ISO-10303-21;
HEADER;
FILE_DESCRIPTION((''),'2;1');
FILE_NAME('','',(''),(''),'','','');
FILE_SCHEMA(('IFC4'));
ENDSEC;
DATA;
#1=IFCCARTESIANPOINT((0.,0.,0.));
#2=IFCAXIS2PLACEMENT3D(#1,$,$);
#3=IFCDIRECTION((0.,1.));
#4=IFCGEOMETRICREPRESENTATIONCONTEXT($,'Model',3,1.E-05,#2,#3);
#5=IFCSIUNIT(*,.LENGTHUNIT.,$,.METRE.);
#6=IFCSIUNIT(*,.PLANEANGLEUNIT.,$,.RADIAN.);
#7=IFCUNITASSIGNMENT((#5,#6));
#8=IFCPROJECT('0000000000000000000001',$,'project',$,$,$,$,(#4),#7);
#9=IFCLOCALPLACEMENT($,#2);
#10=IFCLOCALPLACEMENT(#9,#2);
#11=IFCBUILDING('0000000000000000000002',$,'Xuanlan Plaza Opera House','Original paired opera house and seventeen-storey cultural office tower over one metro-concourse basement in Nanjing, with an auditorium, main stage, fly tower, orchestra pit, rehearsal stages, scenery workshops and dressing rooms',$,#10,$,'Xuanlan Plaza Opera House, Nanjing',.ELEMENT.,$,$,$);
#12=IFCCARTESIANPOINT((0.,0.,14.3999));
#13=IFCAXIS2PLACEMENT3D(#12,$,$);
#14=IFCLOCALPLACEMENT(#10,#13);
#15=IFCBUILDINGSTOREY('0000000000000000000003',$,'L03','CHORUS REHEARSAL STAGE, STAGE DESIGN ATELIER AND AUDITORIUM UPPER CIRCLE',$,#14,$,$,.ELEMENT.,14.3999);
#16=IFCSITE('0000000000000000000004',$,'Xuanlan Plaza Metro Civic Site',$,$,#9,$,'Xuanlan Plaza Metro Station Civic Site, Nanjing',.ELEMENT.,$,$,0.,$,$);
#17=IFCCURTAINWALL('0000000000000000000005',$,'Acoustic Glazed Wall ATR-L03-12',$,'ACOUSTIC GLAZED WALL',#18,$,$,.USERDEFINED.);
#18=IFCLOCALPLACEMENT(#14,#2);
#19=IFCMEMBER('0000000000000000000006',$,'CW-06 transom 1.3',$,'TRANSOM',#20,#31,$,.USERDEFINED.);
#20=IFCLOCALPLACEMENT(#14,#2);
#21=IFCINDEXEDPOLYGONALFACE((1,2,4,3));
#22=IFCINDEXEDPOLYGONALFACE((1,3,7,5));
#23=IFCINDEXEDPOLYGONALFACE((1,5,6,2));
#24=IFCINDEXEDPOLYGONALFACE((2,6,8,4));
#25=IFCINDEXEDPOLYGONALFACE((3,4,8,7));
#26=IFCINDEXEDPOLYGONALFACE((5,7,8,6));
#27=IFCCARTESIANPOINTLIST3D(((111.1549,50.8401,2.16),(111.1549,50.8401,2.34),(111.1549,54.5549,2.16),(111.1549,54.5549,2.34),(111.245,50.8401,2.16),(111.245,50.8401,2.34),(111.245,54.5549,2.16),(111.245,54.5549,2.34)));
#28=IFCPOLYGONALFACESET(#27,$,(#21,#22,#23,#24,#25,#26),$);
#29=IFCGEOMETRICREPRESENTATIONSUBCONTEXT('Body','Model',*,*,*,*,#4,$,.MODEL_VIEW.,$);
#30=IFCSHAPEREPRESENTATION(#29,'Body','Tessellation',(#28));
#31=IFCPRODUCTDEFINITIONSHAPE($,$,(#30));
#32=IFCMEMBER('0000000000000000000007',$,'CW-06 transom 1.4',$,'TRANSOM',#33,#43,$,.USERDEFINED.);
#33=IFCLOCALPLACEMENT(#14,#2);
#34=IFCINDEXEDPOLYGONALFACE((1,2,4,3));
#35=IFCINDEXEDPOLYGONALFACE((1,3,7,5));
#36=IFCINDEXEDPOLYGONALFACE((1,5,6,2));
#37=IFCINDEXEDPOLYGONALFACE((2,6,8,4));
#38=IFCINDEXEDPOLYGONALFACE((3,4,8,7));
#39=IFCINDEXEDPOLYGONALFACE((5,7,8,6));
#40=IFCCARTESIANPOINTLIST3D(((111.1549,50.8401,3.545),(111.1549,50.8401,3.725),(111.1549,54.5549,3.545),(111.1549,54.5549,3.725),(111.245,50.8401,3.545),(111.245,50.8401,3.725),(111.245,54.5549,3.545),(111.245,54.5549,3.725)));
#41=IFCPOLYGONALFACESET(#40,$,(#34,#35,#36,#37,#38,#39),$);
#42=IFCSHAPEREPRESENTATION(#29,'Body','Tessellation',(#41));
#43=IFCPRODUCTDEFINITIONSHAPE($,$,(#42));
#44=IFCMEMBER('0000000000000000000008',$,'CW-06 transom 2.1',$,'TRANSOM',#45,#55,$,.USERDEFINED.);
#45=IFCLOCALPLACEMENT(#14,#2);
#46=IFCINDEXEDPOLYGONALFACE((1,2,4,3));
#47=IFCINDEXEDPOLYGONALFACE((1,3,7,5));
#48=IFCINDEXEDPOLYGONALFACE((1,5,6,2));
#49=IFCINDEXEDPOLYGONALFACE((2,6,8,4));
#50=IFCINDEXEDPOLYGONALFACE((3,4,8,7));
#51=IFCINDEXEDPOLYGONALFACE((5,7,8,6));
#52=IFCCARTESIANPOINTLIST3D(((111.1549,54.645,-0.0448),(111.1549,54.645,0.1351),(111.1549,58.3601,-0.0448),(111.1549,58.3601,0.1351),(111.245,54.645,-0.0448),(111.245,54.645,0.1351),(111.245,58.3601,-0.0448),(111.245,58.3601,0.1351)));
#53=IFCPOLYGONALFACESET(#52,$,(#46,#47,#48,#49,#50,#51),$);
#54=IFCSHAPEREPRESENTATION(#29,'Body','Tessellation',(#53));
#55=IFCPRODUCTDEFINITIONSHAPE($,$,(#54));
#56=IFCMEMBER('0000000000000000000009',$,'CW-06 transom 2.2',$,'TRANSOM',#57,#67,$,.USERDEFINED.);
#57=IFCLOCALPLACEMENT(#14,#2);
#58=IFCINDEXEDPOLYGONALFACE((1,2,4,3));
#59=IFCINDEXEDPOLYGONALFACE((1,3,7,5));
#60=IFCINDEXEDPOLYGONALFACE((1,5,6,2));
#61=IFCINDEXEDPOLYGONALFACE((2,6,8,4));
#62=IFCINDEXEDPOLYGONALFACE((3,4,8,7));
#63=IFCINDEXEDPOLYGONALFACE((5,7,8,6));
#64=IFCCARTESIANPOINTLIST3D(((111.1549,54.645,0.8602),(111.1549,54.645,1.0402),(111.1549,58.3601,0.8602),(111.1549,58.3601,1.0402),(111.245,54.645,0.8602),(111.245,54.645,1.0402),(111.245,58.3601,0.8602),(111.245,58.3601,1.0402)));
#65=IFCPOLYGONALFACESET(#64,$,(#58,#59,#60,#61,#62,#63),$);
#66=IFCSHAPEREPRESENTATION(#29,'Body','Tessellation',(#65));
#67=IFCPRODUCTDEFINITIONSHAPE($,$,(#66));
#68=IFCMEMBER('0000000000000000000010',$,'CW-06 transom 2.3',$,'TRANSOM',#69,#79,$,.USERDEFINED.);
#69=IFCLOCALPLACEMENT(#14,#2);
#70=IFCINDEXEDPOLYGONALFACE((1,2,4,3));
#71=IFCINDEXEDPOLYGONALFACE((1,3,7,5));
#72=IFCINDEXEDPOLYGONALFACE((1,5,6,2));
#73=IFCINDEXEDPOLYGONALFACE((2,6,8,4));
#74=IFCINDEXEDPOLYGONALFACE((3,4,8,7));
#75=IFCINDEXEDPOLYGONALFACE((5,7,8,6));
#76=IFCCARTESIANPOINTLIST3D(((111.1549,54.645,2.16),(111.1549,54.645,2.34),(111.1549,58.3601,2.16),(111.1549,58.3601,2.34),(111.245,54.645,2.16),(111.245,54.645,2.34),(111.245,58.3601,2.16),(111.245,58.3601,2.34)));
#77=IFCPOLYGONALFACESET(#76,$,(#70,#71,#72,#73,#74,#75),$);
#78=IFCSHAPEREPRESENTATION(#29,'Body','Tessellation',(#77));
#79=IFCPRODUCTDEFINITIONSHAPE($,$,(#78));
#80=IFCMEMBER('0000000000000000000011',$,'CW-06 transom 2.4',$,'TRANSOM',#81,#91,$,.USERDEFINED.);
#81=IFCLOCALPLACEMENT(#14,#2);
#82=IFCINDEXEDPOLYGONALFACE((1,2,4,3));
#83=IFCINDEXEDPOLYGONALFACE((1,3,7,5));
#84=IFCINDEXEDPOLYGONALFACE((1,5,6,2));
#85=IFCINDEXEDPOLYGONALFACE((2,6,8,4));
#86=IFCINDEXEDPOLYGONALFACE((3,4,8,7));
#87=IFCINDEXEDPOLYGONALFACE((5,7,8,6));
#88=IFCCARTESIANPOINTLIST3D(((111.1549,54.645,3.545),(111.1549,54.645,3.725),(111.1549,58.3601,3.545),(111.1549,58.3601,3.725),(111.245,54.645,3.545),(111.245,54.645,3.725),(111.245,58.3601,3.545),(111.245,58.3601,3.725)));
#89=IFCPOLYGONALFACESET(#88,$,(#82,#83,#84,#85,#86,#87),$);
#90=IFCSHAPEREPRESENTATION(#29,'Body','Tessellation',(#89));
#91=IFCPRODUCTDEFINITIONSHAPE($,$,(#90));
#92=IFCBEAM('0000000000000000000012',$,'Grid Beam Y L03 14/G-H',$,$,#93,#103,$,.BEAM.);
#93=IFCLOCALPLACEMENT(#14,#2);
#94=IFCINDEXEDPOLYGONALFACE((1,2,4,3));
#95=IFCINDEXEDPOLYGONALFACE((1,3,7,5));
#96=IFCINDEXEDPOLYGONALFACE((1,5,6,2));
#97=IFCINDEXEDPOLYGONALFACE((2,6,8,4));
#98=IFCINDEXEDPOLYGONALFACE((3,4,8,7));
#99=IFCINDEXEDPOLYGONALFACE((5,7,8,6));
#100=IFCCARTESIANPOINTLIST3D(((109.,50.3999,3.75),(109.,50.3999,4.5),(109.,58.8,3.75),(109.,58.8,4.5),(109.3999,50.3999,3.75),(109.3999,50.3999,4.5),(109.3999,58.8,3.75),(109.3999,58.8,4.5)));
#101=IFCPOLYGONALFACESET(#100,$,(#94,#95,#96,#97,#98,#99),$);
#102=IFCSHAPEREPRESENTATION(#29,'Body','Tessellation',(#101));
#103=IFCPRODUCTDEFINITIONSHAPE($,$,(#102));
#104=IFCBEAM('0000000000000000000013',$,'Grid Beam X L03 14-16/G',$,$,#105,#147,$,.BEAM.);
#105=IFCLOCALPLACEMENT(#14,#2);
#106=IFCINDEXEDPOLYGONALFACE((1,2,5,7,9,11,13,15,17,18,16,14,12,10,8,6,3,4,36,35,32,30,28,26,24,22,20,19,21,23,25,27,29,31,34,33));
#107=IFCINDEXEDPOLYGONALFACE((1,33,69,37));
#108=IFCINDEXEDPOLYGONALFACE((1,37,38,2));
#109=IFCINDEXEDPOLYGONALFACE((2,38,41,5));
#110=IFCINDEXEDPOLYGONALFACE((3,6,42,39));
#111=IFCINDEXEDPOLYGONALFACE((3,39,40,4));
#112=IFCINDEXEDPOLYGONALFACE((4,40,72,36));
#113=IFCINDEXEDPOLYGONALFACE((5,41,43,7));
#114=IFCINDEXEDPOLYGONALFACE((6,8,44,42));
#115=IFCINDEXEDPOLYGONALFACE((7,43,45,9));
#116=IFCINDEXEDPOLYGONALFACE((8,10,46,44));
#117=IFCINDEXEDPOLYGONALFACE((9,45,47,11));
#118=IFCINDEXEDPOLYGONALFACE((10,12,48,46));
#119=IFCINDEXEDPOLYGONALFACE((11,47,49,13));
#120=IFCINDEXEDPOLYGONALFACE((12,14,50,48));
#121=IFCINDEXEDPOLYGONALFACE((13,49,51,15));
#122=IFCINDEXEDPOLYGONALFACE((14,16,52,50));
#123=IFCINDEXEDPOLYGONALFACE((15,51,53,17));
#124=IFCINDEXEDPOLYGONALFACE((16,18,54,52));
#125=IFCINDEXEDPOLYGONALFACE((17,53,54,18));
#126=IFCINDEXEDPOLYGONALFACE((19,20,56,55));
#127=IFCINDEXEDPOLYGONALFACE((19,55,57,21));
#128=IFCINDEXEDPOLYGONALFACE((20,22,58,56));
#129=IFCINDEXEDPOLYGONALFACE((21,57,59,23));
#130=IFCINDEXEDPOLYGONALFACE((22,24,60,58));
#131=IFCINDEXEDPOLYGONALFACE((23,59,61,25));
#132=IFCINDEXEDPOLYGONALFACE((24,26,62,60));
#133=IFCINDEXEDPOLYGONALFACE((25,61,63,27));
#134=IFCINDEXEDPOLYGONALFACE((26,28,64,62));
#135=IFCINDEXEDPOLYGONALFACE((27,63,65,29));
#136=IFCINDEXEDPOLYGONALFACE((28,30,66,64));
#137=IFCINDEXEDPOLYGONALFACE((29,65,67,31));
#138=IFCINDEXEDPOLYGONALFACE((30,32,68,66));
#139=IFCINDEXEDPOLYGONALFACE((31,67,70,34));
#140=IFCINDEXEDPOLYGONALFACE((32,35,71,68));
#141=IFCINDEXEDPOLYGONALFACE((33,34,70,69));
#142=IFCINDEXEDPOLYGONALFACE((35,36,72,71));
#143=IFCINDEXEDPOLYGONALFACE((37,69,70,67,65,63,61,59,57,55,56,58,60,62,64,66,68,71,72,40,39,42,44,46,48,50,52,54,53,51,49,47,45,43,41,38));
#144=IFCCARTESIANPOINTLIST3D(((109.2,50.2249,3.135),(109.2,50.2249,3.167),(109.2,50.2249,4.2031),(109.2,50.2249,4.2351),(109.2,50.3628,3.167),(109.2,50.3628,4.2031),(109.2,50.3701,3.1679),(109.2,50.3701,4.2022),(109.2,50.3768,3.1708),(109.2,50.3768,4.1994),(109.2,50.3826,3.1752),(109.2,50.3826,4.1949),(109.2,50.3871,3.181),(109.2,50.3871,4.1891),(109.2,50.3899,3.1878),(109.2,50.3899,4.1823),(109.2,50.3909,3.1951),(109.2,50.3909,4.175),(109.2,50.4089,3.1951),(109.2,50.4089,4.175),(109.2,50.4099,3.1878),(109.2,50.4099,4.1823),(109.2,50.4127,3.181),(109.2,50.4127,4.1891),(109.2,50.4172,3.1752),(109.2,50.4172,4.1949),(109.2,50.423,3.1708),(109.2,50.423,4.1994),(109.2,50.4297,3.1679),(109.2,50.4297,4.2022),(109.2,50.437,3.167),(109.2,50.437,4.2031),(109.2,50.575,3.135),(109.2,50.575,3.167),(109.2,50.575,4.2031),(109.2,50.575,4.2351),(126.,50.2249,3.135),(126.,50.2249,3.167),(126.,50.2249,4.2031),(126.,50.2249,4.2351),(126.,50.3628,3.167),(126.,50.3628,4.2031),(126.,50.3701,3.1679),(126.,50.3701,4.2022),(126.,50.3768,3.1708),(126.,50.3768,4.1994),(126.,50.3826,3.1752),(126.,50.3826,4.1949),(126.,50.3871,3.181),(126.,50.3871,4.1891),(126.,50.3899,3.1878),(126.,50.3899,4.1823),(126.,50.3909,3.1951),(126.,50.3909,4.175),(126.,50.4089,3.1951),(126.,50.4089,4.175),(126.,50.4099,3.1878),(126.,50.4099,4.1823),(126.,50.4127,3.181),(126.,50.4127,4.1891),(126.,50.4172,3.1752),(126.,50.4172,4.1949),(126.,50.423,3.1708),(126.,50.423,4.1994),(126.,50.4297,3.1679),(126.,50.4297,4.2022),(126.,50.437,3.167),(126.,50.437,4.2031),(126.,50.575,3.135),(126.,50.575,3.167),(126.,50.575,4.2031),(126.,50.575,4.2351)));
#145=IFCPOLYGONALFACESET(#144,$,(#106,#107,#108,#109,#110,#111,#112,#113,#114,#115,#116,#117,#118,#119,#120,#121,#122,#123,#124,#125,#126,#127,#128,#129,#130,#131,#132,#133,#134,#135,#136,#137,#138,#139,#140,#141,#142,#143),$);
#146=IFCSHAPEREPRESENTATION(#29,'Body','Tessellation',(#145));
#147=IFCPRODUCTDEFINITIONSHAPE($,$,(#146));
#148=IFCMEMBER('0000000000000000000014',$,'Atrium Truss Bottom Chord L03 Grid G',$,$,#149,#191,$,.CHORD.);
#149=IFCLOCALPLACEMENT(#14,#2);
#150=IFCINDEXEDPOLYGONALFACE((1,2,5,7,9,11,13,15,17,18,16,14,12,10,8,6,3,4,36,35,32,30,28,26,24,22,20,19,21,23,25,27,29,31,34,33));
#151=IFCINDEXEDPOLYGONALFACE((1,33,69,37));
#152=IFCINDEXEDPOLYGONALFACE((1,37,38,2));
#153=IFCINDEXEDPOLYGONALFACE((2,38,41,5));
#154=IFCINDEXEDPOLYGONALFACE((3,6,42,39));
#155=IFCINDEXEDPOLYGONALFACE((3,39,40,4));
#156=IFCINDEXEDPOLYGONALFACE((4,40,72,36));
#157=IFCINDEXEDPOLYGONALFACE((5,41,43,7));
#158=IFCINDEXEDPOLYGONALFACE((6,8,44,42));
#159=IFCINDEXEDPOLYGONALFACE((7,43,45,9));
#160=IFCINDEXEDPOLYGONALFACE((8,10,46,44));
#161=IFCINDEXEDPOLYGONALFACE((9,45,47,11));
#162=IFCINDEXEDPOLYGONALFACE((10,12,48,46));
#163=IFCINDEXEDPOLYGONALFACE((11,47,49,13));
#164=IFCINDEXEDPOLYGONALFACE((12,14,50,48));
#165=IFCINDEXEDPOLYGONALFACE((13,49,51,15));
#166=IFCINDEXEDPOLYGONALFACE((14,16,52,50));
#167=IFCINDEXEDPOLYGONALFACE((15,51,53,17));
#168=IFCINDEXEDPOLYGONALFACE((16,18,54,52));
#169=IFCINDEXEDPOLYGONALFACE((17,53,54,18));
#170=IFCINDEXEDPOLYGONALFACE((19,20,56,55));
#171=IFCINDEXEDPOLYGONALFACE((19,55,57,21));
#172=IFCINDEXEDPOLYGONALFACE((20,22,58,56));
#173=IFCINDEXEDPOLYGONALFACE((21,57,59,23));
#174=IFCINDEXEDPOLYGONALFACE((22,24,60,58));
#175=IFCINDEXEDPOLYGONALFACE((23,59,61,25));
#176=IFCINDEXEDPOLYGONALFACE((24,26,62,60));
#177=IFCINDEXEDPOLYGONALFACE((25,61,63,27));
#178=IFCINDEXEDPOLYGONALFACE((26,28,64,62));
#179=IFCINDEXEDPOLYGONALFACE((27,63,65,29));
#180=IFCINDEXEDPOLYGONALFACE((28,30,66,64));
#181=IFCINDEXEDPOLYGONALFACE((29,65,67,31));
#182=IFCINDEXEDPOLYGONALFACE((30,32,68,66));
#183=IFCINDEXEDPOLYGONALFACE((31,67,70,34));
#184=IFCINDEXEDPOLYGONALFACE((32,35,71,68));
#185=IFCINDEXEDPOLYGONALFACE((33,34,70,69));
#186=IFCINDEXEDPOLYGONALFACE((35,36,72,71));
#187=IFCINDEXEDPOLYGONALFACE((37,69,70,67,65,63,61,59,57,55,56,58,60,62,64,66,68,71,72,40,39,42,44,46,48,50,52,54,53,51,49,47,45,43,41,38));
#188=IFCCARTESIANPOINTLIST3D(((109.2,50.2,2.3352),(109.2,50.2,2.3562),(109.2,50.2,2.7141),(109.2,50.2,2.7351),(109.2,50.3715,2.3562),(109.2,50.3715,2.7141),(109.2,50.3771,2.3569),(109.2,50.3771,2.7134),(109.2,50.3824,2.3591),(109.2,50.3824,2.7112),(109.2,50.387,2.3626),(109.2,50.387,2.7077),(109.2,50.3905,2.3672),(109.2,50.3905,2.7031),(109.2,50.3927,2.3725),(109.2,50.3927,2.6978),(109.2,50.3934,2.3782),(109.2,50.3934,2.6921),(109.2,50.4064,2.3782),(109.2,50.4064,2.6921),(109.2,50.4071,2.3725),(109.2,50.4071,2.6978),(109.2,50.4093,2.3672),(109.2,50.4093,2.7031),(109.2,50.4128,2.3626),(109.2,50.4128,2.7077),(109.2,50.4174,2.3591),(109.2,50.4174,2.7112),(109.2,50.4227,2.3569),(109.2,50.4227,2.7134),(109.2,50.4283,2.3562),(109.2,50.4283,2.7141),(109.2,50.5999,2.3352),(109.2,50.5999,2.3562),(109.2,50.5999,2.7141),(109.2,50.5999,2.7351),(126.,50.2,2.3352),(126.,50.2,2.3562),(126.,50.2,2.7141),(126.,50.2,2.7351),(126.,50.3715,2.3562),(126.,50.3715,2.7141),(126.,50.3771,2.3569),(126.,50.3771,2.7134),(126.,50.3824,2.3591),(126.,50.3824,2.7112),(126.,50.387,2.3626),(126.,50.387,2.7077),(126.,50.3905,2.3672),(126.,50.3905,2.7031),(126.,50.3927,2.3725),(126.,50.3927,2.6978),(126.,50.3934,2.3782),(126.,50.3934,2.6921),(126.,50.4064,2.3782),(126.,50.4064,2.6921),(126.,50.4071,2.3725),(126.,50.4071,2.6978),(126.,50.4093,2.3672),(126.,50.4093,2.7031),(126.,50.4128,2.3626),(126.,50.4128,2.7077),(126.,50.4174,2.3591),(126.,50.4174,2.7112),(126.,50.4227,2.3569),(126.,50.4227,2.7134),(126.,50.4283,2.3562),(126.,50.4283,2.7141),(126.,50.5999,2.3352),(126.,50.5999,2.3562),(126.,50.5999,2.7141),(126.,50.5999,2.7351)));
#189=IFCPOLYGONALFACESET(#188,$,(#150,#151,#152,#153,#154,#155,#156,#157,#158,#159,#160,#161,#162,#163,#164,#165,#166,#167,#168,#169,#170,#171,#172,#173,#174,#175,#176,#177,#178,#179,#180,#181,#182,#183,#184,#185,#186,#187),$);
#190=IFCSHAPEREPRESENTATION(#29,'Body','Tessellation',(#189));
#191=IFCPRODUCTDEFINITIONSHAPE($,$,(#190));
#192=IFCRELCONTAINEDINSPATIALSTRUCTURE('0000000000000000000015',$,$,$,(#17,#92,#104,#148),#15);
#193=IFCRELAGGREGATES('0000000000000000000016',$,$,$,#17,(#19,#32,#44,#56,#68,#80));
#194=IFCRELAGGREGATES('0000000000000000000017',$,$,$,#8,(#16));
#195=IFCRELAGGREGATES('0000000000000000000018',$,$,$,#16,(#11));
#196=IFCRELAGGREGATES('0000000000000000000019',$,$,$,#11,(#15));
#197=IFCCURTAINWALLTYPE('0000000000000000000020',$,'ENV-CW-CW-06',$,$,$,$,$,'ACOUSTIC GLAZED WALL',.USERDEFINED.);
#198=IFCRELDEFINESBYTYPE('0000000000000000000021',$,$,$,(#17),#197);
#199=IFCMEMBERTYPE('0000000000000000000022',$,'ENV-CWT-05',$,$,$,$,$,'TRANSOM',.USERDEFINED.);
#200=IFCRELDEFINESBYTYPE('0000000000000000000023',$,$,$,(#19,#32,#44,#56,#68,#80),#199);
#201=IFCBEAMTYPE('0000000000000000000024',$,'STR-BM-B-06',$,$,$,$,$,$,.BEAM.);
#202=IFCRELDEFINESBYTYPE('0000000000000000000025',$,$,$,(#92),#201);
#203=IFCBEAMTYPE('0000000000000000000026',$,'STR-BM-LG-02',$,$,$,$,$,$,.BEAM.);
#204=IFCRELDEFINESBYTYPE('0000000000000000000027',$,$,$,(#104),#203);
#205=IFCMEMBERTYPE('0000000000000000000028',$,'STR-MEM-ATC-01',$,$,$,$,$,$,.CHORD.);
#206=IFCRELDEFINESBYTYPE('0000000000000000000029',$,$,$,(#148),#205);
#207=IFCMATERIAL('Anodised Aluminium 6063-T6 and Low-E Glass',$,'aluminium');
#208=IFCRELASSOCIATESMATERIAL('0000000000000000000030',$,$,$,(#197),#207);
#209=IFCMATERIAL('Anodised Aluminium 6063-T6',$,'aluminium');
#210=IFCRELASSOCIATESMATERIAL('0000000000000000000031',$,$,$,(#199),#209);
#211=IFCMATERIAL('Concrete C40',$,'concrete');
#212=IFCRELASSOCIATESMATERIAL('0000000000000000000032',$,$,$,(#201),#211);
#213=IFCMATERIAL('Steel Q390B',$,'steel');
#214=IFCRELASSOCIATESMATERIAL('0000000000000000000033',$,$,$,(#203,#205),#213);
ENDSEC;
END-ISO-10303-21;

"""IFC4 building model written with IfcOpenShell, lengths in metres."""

from ifc_helpers import new_model, si_unit, direction, frame, origin, origin_2d, place, context, subcontext, project, spatial, rectangle, i_section, extrude, material, material_profile, profile_set, type_object, element, aggregate, save


model = new_model("IFC4")

# Units and contexts
model_context = context("Model", 3, precision=1e-05, world=origin(), true_north=direction((0.0, 1.0)))
body_context = subcontext(model_context, "Body", "Model", "MODEL_VIEW")
ifc_project = project(units=[si_unit("LENGTHUNIT", "METRE"), si_unit("PLANEANGLEUNIT", "RADIAN")], contexts=[model_context])

# Site, building, storey
site_placement = place(None, origin())
site = spatial("IfcSite", under=ifc_project, at=site_placement, Name="Xuanlan Plaza Metro Civic Site", LongName="Xuanlan Plaza Metro Station Civic Site, Nanjing", CompositionType="ELEMENT", RefElevation=0.0)
building_placement = place(site_placement, origin())
building = spatial("IfcBuilding", under=site, at=building_placement, Name="Xuanlan Plaza Opera House", Description="Original paired opera house and seventeen-storey cultural office tower over one metro-concourse basement in Nanjing, with an auditorium, main stage, fly tower, orchestra pit, rehearsal stages, scenery workshops and dressing rooms", LongName="Xuanlan Plaza Opera House, Nanjing", CompositionType="ELEMENT")
storey_placement = place(building_placement, frame((0.0, 0.0, 14.3999)))
storey = spatial("IfcBuildingStorey", under=building, at=storey_placement, Name="L03", Description="CHORUS REHEARSAL STAGE, STAGE DESIGN ATELIER AND AUDITORIUM UPPER CIRCLE", CompositionType="ELEMENT", Elevation=14.3999)

# Curtain wall
ifc_material_1 = material(Name="Anodised Aluminium 6063-T6 and Low-E Glass", Category="aluminium")
curtain_wall_type = type_object("IfcCurtainWallType", Name="ENV-CW-CW-06", ElementType="ACOUSTIC GLAZED WALL", PredefinedType="USERDEFINED", material=ifc_material_1)
ifc_material_2 = material(Name="Anodised Aluminium 6063-T6", Category="aluminium")
curtain_wall_1_placement = place(storey_placement, origin())
curtain_wall_1 = element("IfcCurtainWall", 1, at=curtain_wall_1_placement, inside=storey, type_object=curtain_wall_type, Name="Acoustic Glazed Wall ATR-L03-12", ObjectType="ACOUSTIC GLAZED WALL", PredefinedType="USERDEFINED")

# Members
ifc_material_profile_1 = material_profile(ifc_material_2, rectangle(XDim=0.0901, YDim=0.1799, at=origin_2d()), Name="ALU-T 90x180")
ifc_profile_set_1 = profile_set([ifc_material_profile_1], Name="Anodised Aluminium 6063-T6")
member_type_1 = type_object("IfcMemberType", Name="ENV-CWT-05", ElementType="TRANSOM", PredefinedType="USERDEFINED", material=ifc_profile_set_1)
member_1_placement = place(storey_placement, frame((111.2, 50.8401, 2.25), z_axis=(0.0, 1.0, 0.0), x_axis=(-1.0, 0.0, 0.0)))
member_1 = element("IfcMember", 2, at=member_1_placement, type_object=member_type_1, Name="CW-06 transom 1.3", ObjectType="TRANSOM", PredefinedType="USERDEFINED", context=body_context, shape_type="SweptSolid", body=[
    extrude(rectangle(XDim=0.0901, YDim=0.1799, at=origin_2d()), origin(), (0.0, 0.0, 1.0), 3.7148),
])
member_2_placement = place(storey_placement, frame((111.2, 50.8401, 3.635), z_axis=(0.0, 1.0, 0.0), x_axis=(-1.0, 0.0, 0.0)))
member_2 = element("IfcMember", 3, at=member_2_placement, type_object=member_type_1, Name="CW-06 transom 1.4", ObjectType="TRANSOM", PredefinedType="USERDEFINED", context=body_context, shape_type="SweptSolid", body=[
    extrude(rectangle(XDim=0.0901, YDim=0.1799, at=origin_2d()), origin(), (0.0, 0.0, 1.0), 3.7148),
])
member_3_placement = place(storey_placement, frame((111.2, 54.645, 0.0452), z_axis=(0.0, 1.0, 0.0), x_axis=(-1.0, 0.0, 0.0)))
member_3 = element("IfcMember", 4, at=member_3_placement, type_object=member_type_1, Name="CW-06 transom 2.1", ObjectType="TRANSOM", PredefinedType="USERDEFINED", context=body_context, shape_type="SweptSolid", body=[
    extrude(rectangle(XDim=0.0901, YDim=0.1799, at=origin_2d()), origin(), (0.0, 0.0, 1.0), 3.7151),
])
member_4_placement = place(storey_placement, frame((111.2, 54.645, 0.9502), z_axis=(0.0, 1.0, 0.0), x_axis=(-1.0, 0.0, 0.0)))
member_4 = element("IfcMember", 5, at=member_4_placement, type_object=member_type_1, Name="CW-06 transom 2.2", ObjectType="TRANSOM", PredefinedType="USERDEFINED", context=body_context, shape_type="SweptSolid", body=[
    extrude(rectangle(XDim=0.0901, YDim=0.1799, at=origin_2d()), origin(), (0.0, 0.0, 1.0), 3.7151),
])
member_5_placement = place(storey_placement, frame((111.2, 54.645, 2.25), z_axis=(0.0, 1.0, 0.0), x_axis=(-1.0, 0.0, 0.0)))
member_5 = element("IfcMember", 6, at=member_5_placement, type_object=member_type_1, Name="CW-06 transom 2.3", ObjectType="TRANSOM", PredefinedType="USERDEFINED", context=body_context, shape_type="SweptSolid", body=[
    extrude(rectangle(XDim=0.0901, YDim=0.1799, at=origin_2d()), origin(), (0.0, 0.0, 1.0), 3.7151),
])
member_6_placement = place(storey_placement, frame((111.2, 54.645, 3.635), z_axis=(0.0, 1.0, 0.0), x_axis=(-1.0, 0.0, 0.0)))
member_6 = element("IfcMember", 7, at=member_6_placement, type_object=member_type_1, Name="CW-06 transom 2.4", ObjectType="TRANSOM", PredefinedType="USERDEFINED", context=body_context, shape_type="SweptSolid", body=[
    extrude(rectangle(XDim=0.0901, YDim=0.1799, at=origin_2d()), origin(), (0.0, 0.0, 1.0), 3.7151),
])

# Beams
ifc_material_3 = material(Name="Concrete C40", Category="concrete")
ifc_material_profile_2 = material_profile(ifc_material_3, rectangle(XDim=0.3999, YDim=0.75, at=origin_2d()), Name="RC-BM 400x750")
ifc_profile_set_2 = profile_set([ifc_material_profile_2], Name="Concrete C40")
beam_type_1 = type_object("IfcBeamType", Name="STR-BM-B-06", PredefinedType="BEAM", material=ifc_profile_set_2)
beam_1_placement = place(storey_placement, frame((109.2, 50.3999, 4.125), z_axis=(0.0, 1.0, 0.0), x_axis=(-1.0, 0.0, 0.0)))
element("IfcBeam", 8, at=beam_1_placement, inside=storey, type_object=beam_type_1, Name="Grid Beam Y L03 14/G-H", PredefinedType="BEAM", context=body_context, shape_type="SweptSolid", body=[
    extrude(rectangle(XDim=0.3999, YDim=0.75, at=origin_2d()), origin(), (0.0, 0.0, 1.0), 8.4001),
])
ifc_material_4 = material(Name="Steel Q390B", Category="steel")
ifc_material_profile_3 = material_profile(ifc_material_4, i_section(OverallWidth=0.3501, OverallDepth=1.1001, WebThickness=0.0181, FlangeThickness=0.032, FilletRadius=0.0281, at=origin_2d()), Name="HN 1100x350x18x32")
ifc_profile_set_3 = profile_set([ifc_material_profile_3], Name="Steel Q390B")
beam_type_2 = type_object("IfcBeamType", Name="STR-BM-LG-02", PredefinedType="BEAM", material=ifc_profile_set_3)
beam_2_placement = place(storey_placement, frame((109.2, 50.3999, 3.6851), z_axis=(1.0, 0.0, 0.0), x_axis=(0.0, 1.0, 0.0)))
element("IfcBeam", 9, at=beam_2_placement, inside=storey, type_object=beam_type_2, Name="Grid Beam X L03 14-16/G", PredefinedType="BEAM", context=body_context, shape_type="SweptSolid", body=[
    extrude(i_section(OverallWidth=0.3501, OverallDepth=1.1001, WebThickness=0.0181, FlangeThickness=0.032, FilletRadius=0.0281, at=origin_2d()), origin(), (0.0, 0.0, 1.0), 16.8),
])

# Member
ifc_material_profile_4 = material_profile(ifc_material_4, i_section(OverallWidth=0.3999, OverallDepth=0.3999, WebThickness=0.0129, FlangeThickness=0.021, FilletRadius=0.022, at=origin_2d()), Name="HW 400x400x13x21")
ifc_profile_set_4 = profile_set([ifc_material_profile_4], Name="Steel Q390B")
member_type_2 = type_object("IfcMemberType", Name="STR-MEM-ATC-01", PredefinedType="CHORD", material=ifc_profile_set_4)
member_7_placement = place(storey_placement, frame((109.2, 50.3999, 2.5352), z_axis=(1.0, 0.0, 0.0), x_axis=(0.0, 1.0, 0.0)))
element("IfcMember", 10, at=member_7_placement, inside=storey, type_object=member_type_2, Name="Atrium Truss Bottom Chord L03 Grid G", PredefinedType="CHORD", context=body_context, shape_type="SweptSolid", body=[
    extrude(i_section(OverallWidth=0.3999, OverallDepth=0.3999, WebThickness=0.0129, FlangeThickness=0.021, FilletRadius=0.022, at=origin_2d()), origin(), (0.0, 0.0, 1.0), 16.8),
])

aggregate(curtain_wall_1, [member_1, member_2, member_3, member_4, member_5, member_6])

save(model, "model.ifc")
